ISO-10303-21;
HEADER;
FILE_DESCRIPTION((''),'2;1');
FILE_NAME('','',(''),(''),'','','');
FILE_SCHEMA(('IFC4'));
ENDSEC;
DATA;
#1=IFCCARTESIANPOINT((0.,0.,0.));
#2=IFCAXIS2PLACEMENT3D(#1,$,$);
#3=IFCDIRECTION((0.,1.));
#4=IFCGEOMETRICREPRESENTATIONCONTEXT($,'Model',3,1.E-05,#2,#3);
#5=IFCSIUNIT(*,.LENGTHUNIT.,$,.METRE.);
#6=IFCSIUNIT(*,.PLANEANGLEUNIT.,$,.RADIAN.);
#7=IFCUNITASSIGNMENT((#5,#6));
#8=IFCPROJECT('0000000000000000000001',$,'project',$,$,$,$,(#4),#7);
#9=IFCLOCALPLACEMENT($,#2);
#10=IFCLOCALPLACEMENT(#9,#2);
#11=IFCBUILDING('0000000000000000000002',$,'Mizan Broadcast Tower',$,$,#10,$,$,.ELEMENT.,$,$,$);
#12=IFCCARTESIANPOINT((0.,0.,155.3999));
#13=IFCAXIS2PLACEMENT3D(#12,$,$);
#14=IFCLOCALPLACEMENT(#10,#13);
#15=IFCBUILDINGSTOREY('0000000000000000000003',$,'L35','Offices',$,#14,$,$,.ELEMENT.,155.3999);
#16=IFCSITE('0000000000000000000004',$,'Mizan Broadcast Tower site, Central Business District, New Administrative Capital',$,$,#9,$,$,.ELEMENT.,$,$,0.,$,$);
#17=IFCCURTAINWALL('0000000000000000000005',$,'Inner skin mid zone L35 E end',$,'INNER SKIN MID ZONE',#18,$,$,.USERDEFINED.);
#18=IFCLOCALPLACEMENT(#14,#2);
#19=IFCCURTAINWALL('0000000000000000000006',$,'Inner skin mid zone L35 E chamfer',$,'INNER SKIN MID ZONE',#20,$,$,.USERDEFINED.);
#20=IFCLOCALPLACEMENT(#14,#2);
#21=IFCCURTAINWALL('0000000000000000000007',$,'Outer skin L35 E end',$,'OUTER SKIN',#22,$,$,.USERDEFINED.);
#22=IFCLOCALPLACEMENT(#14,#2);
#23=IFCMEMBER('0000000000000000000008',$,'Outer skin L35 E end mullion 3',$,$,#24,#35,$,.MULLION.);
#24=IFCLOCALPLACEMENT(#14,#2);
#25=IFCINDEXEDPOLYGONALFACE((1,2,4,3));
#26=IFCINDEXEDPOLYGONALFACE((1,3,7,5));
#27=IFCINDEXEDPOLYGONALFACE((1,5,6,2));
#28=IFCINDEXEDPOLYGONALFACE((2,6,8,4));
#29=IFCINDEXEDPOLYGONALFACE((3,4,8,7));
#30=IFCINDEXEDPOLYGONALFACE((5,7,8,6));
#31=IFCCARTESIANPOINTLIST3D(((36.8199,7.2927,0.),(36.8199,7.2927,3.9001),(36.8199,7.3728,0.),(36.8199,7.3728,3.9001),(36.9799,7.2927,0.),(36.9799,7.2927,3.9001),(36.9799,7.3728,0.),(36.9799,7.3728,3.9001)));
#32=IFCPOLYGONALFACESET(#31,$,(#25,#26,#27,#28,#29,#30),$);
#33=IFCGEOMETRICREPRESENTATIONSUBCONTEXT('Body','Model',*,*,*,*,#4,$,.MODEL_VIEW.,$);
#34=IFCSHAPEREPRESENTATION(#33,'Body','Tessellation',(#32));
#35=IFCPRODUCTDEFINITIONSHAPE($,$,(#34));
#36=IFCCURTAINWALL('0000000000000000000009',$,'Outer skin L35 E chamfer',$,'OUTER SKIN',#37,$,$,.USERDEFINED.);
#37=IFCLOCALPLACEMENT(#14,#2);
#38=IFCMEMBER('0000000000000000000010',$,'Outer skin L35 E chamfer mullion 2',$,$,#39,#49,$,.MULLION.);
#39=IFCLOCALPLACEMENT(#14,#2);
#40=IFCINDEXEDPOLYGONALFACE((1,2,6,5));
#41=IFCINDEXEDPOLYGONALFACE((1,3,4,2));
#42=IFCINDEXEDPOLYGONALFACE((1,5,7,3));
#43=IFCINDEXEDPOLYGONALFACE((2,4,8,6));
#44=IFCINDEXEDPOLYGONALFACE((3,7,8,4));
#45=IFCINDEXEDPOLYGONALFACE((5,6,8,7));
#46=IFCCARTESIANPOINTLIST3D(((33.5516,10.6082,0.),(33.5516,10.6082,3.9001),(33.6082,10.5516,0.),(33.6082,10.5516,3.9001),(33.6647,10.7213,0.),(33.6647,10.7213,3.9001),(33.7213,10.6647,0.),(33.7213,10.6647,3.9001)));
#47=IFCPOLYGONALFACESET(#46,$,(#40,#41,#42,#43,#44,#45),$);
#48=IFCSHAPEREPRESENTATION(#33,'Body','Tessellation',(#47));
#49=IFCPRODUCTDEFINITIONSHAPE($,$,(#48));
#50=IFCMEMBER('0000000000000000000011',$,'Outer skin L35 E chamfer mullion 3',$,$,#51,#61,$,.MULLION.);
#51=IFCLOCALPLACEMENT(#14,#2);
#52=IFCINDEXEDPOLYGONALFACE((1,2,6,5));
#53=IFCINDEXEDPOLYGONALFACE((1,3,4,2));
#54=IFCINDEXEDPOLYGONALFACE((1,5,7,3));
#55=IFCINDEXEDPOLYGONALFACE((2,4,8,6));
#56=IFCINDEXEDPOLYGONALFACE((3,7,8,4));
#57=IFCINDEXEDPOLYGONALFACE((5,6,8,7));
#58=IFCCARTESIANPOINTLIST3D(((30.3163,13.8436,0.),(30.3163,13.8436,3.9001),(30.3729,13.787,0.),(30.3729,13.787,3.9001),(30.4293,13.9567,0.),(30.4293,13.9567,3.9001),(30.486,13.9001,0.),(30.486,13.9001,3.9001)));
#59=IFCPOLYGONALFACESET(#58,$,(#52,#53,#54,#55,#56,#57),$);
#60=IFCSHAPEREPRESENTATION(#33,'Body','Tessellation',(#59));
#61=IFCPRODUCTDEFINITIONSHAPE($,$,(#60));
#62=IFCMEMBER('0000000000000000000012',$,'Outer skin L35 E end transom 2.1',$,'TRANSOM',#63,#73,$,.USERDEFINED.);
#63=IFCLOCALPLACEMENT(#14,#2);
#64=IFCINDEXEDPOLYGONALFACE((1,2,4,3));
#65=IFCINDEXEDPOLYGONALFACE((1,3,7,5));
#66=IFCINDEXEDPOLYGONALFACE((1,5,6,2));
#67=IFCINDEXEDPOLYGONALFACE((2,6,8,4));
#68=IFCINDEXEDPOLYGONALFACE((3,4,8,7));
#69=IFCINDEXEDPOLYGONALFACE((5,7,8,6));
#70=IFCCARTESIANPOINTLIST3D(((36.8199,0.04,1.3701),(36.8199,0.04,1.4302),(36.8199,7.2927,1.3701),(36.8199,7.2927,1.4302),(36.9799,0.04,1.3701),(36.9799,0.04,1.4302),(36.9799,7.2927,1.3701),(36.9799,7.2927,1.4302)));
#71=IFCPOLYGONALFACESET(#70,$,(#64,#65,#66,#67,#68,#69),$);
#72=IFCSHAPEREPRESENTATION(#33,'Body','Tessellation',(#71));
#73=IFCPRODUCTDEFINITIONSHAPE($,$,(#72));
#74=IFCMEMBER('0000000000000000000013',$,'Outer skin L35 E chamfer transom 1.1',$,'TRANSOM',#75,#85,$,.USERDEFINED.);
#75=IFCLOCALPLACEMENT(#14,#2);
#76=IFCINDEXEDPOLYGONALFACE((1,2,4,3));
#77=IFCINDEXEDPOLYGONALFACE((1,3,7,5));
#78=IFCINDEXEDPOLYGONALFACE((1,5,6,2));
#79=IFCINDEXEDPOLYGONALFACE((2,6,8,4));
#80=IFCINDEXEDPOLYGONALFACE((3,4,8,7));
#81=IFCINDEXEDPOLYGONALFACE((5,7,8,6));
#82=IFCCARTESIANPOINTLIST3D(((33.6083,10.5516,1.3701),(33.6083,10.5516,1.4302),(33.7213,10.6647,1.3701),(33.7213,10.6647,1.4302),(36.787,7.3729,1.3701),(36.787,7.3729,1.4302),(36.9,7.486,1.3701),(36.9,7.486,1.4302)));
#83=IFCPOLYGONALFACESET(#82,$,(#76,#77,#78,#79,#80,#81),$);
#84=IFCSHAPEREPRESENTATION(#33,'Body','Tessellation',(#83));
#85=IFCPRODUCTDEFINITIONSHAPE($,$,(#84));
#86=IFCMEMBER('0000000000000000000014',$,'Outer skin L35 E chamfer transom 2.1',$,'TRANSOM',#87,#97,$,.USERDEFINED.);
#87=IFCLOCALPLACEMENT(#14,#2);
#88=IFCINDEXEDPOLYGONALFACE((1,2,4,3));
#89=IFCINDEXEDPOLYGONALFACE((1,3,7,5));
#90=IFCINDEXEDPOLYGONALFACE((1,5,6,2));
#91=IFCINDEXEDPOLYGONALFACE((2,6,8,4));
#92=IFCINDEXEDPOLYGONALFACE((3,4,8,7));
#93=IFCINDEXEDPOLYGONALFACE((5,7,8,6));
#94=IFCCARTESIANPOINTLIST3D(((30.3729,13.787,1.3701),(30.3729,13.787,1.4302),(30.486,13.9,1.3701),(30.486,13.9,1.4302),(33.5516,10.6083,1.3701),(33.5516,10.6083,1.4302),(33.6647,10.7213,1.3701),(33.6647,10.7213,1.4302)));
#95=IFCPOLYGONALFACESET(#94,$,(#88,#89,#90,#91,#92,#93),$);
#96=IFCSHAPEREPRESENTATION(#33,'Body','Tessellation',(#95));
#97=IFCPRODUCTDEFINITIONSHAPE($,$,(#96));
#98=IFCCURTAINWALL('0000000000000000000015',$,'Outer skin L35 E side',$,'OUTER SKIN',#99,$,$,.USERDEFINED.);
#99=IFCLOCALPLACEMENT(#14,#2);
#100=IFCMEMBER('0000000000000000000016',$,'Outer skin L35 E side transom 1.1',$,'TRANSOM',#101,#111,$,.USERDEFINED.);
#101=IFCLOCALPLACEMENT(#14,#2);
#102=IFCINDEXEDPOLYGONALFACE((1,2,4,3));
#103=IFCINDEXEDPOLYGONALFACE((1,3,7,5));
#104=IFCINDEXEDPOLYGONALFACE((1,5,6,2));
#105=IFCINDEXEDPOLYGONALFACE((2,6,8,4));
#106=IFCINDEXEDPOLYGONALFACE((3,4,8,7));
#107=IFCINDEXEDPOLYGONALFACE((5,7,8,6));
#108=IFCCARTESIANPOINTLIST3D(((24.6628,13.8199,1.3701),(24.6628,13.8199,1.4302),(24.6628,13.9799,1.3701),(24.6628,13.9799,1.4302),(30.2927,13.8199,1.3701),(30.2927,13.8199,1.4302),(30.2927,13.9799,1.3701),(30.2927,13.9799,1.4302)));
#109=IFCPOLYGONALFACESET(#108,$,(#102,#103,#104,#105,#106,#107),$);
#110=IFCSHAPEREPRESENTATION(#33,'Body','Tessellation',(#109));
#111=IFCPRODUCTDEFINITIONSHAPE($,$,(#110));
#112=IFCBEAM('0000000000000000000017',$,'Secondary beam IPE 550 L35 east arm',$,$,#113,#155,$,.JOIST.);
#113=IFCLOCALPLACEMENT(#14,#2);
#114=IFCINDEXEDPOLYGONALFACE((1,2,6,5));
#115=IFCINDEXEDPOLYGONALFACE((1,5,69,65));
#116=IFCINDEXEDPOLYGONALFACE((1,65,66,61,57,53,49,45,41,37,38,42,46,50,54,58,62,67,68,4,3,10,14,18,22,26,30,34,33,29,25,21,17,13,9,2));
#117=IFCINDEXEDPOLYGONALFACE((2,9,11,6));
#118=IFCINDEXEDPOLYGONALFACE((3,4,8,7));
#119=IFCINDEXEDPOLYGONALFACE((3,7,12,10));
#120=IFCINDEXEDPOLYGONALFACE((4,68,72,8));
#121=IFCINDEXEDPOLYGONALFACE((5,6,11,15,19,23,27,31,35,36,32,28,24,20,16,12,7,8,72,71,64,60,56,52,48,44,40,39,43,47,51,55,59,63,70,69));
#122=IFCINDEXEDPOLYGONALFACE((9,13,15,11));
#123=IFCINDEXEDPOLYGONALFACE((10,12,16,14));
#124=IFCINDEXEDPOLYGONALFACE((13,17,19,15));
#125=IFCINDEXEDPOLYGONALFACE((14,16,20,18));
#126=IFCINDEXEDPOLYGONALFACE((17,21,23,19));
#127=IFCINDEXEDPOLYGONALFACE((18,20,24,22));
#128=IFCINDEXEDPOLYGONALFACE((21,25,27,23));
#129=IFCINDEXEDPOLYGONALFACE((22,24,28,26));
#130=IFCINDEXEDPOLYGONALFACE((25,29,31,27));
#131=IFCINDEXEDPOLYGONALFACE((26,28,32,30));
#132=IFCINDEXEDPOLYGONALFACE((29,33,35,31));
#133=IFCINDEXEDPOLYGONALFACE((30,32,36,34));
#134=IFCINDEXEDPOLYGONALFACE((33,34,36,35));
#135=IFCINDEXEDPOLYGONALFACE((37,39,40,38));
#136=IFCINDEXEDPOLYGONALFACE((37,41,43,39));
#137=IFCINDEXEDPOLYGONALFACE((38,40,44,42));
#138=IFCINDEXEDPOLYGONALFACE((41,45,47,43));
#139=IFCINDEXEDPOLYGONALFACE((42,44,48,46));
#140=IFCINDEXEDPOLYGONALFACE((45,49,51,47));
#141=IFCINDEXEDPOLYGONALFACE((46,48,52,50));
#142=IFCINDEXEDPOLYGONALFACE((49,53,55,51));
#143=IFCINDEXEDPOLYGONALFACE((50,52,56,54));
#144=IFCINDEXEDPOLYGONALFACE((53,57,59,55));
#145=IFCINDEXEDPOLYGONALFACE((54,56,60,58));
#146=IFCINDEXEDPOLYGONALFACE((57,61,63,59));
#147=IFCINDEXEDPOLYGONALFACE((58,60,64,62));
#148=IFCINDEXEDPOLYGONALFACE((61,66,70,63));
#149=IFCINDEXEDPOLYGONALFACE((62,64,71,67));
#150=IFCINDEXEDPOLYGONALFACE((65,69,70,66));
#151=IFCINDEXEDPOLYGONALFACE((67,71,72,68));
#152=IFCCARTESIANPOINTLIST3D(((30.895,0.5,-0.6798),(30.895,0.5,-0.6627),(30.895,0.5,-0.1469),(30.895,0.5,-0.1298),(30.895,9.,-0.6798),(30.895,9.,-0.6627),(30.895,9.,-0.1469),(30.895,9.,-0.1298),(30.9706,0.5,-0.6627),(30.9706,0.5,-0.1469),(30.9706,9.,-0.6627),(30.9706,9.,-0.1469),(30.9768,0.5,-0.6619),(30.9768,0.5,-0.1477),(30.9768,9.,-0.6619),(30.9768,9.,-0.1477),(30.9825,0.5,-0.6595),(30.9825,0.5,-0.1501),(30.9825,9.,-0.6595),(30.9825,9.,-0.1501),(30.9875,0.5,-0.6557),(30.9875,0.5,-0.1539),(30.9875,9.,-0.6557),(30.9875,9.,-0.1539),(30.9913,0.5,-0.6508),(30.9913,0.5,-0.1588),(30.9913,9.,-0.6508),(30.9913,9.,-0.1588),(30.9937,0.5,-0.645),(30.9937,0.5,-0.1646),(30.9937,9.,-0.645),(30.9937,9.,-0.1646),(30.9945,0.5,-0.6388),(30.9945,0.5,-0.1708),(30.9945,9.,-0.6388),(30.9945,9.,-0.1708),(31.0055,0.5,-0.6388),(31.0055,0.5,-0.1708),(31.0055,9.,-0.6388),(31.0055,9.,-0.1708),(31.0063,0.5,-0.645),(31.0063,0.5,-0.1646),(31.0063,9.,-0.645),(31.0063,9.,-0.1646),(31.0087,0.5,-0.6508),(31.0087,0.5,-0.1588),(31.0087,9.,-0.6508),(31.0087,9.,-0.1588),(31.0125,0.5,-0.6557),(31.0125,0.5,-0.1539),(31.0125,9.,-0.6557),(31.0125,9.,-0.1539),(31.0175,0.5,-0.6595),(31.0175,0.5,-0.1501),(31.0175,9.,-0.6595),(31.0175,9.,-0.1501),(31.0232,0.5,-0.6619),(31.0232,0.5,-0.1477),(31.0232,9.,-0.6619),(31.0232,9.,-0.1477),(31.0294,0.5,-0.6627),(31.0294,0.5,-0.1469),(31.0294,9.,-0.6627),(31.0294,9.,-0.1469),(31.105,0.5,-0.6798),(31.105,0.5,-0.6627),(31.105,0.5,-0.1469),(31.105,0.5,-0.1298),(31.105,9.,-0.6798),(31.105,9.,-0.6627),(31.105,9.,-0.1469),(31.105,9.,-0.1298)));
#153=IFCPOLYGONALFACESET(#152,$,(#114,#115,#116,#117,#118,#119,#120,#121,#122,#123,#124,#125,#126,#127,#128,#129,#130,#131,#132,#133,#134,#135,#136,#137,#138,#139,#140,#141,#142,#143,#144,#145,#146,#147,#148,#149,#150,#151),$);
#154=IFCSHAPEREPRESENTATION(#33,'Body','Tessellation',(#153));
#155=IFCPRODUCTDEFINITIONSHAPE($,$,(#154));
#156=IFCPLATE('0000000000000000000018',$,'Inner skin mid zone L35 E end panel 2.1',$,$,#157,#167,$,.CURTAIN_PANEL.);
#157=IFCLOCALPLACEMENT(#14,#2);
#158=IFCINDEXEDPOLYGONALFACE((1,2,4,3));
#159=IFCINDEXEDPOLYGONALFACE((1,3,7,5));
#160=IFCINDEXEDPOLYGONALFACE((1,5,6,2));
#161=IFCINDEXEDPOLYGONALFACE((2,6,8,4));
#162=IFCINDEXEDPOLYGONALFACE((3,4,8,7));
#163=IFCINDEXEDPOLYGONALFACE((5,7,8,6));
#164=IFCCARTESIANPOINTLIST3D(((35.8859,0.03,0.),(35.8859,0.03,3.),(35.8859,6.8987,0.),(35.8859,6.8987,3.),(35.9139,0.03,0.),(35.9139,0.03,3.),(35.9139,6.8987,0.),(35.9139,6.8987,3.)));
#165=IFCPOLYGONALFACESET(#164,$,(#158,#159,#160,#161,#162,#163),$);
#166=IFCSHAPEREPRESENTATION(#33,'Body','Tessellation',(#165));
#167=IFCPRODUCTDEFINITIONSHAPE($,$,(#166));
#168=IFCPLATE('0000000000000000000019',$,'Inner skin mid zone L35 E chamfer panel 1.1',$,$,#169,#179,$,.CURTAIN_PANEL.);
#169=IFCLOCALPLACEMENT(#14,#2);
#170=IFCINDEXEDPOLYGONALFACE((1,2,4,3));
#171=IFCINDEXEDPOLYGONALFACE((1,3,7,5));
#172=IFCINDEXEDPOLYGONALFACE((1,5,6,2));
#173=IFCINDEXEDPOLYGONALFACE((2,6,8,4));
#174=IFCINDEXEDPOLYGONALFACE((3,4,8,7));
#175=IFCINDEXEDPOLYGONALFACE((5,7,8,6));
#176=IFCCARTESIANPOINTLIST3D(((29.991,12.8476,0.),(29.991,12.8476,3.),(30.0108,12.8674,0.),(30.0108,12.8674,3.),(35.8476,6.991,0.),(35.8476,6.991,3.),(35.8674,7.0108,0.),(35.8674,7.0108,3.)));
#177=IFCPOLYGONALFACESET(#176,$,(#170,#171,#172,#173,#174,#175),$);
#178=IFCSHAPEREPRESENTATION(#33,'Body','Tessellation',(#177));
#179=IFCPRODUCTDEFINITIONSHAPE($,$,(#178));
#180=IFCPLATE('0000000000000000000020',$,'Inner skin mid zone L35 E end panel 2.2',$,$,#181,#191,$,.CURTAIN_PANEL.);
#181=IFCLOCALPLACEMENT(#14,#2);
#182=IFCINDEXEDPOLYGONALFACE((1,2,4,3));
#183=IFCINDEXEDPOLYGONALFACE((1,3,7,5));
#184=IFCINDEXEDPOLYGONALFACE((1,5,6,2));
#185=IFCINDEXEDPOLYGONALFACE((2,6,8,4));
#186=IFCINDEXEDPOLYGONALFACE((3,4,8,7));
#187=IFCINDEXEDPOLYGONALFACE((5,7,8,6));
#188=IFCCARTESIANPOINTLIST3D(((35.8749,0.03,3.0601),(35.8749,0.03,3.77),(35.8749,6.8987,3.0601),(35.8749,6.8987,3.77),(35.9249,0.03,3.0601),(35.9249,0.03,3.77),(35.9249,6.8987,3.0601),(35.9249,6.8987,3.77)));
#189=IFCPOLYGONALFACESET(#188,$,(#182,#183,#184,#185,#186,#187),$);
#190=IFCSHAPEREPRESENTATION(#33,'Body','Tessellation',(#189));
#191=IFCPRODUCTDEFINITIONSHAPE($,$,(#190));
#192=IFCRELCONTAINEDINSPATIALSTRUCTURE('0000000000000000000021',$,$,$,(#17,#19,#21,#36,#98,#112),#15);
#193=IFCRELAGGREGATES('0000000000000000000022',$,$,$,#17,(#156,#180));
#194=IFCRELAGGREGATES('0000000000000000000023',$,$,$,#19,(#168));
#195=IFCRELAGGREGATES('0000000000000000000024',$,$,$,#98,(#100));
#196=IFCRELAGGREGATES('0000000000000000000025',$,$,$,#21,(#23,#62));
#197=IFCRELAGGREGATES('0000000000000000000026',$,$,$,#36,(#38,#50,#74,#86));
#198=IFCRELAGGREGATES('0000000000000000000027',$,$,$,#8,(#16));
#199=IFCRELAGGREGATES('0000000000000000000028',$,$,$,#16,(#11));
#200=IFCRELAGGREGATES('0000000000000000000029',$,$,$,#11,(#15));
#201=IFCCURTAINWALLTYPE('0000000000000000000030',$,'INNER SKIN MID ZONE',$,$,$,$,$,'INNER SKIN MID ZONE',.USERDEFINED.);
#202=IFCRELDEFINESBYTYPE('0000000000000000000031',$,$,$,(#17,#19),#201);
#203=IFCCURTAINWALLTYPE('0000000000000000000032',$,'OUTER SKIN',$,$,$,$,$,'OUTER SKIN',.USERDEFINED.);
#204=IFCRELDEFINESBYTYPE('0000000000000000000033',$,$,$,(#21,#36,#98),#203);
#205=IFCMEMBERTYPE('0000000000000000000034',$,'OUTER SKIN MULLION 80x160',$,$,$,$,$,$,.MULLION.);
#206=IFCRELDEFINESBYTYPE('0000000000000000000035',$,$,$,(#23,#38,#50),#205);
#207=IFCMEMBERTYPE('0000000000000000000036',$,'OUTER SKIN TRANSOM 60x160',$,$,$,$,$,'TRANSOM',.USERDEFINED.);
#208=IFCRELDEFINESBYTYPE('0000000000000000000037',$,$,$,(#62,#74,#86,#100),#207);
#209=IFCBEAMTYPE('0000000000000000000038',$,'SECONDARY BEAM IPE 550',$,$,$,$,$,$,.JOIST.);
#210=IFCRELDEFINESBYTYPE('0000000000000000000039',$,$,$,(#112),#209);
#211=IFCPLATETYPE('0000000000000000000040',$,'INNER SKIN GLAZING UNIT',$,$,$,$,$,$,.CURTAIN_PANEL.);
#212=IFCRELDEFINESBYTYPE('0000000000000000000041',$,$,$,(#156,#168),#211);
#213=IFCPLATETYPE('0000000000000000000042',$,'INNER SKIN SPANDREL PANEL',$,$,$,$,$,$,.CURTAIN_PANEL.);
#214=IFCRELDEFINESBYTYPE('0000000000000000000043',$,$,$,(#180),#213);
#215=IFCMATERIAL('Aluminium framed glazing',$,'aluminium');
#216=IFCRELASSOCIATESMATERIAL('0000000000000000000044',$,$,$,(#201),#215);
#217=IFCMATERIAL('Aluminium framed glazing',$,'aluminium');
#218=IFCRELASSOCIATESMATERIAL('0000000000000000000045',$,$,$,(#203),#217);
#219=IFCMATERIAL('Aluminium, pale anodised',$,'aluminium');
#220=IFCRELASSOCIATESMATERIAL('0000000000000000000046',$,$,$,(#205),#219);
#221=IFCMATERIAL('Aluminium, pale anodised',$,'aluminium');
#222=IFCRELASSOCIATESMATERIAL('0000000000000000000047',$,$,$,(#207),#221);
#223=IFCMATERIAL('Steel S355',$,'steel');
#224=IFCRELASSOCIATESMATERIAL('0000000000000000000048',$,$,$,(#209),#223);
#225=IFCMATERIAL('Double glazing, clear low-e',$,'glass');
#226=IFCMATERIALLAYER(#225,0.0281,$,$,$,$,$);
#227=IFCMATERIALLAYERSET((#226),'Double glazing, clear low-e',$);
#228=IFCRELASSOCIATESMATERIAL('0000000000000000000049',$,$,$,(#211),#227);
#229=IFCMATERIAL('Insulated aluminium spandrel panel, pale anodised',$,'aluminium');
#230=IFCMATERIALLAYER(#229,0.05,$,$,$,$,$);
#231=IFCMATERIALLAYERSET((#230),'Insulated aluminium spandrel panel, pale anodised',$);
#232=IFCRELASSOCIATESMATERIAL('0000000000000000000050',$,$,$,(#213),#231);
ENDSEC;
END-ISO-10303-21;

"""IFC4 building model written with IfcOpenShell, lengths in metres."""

from ifc_helpers import new_model, si_unit, direction, frame, origin, origin_2d, place, context, subcontext, project, spatial, rectangle, i_section, extrude, material, layer, layer_set, material_profile, profile_set, type_object, element, aggregate, save


model = new_model("IFC4")

# Units and contexts
model_context = context("Model", 3, precision=1e-05, world=origin(), true_north=direction((0.0, 1.0)))
body_context = subcontext(model_context, "Body", "Model", "MODEL_VIEW")
ifc_project = project(units=[si_unit("LENGTHUNIT", "METRE"), si_unit("PLANEANGLEUNIT", "RADIAN")], contexts=[model_context])

# Site, building, storey
site_placement = place(None, origin())
site = spatial("IfcSite", under=ifc_project, at=site_placement, Name="Mizan Broadcast Tower site, Central Business District, New Administrative Capital", CompositionType="ELEMENT", RefElevation=0.0)
building_placement = place(site_placement, origin())
building = spatial("IfcBuilding", under=site, at=building_placement, Name="Mizan Broadcast Tower", CompositionType="ELEMENT")
storey_placement = place(building_placement, frame((0.0, 0.0, 155.3999)))
storey = spatial("IfcBuildingStorey", under=building, at=storey_placement, Name="L35", Description="Offices", CompositionType="ELEMENT", Elevation=155.3999)

# Curtain wall
ifc_material_1 = material(Name="Aluminium framed glazing", Category="aluminium")
curtain_wall_type_1 = type_object("IfcCurtainWallType", Name="INNER SKIN MID ZONE", ElementType="INNER SKIN MID ZONE", PredefinedType="USERDEFINED", material=ifc_material_1)
curtain_wall_1_placement = place(storey_placement, origin())
curtain_wall_1 = element("IfcCurtainWall", 1, at=curtain_wall_1_placement, inside=storey, type_object=curtain_wall_type_1, Name="Inner skin mid zone L35 E end", ObjectType="INNER SKIN MID ZONE", PredefinedType="USERDEFINED")

# Curtain wall
curtain_wall_2_placement = place(storey_placement, origin())
curtain_wall_2 = element("IfcCurtainWall", 2, at=curtain_wall_2_placement, inside=storey, type_object=curtain_wall_type_1, Name="Inner skin mid zone L35 E chamfer", ObjectType="INNER SKIN MID ZONE", PredefinedType="USERDEFINED")

# Curtain walls, members
ifc_material_2 = material(Name="Aluminium framed glazing", Category="aluminium")
curtain_wall_type_2 = type_object("IfcCurtainWallType", Name="OUTER SKIN", ElementType="OUTER SKIN", PredefinedType="USERDEFINED", material=ifc_material_2)
curtain_wall_3_placement = place(storey_placement, origin())
curtain_wall_3 = element("IfcCurtainWall", 3, at=curtain_wall_3_placement, inside=storey, type_object=curtain_wall_type_2, Name="Outer skin L35 E end", ObjectType="OUTER SKIN", PredefinedType="USERDEFINED")
ifc_material_3 = material(Name="Aluminium, pale anodised", Category="aluminium")
ifc_material_profile_1 = material_profile(ifc_material_3, rectangle(XDim=0.1599, YDim=0.0801, at=origin_2d()), Name="MULLION 160x80")
ifc_profile_set_1 = profile_set([ifc_material_profile_1], Name="Aluminium, pale anodised")
member_type_1 = type_object("IfcMemberType", Name="OUTER SKIN MULLION 80x160", PredefinedType="MULLION", material=ifc_profile_set_1)
member_1_placement = place(storey_placement, frame((36.8999, 7.3328, 0.0), z_axis=(0.0, 0.0, 1.0), x_axis=(-1.0, 0.0, 0.0)))
member_1 = element("IfcMember", 4, at=member_1_placement, type_object=member_type_1, Name="Outer skin L35 E end mullion 3", PredefinedType="MULLION", context=body_context, shape_type="SweptSolid", body=[
    extrude(rectangle(XDim=0.1599, YDim=0.0801, at=origin_2d()), origin(), (0.0, 0.0, 1.0), 3.9001),
])
curtain_wall_4_placement = place(storey_placement, origin())
curtain_wall_4 = element("IfcCurtainWall", 5, at=curtain_wall_4_placement, inside=storey, type_object=curtain_wall_type_2, Name="Outer skin L35 E chamfer", ObjectType="OUTER SKIN", PredefinedType="USERDEFINED")
member_2_placement = place(storey_placement, frame((33.6365, 10.6365, 0.0), z_axis=(0.0, 0.0, 1.0), x_axis=(-0.707107, -0.707107, 0.0)))
member_2 = element("IfcMember", 6, at=member_2_placement, type_object=member_type_1, Name="Outer skin L35 E chamfer mullion 2", PredefinedType="MULLION", context=body_context, shape_type="SweptSolid", body=[
    extrude(rectangle(XDim=0.1599, YDim=0.0801, at=origin_2d()), origin(), (0.0, 0.0, 1.0), 3.9001),
])
member_3_placement = place(storey_placement, frame((30.4011, 13.8718, 0.0), z_axis=(0.0, 0.0, 1.0), x_axis=(-0.707107, -0.707107, 0.0)))
member_3 = element("IfcMember", 7, at=member_3_placement, type_object=member_type_1, Name="Outer skin L35 E chamfer mullion 3", PredefinedType="MULLION", context=body_context, shape_type="SweptSolid", body=[
    extrude(rectangle(XDim=0.1599, YDim=0.0801, at=origin_2d()), origin(), (0.0, 0.0, 1.0), 3.9001),
])

# Members
ifc_material_4 = material(Name="Aluminium, pale anodised", Category="aluminium")
ifc_material_profile_2 = material_profile(ifc_material_4, rectangle(XDim=0.1599, YDim=0.0601, at=origin_2d()), Name="TRANSOM 160x60")
ifc_profile_set_2 = profile_set([ifc_material_profile_2], Name="Aluminium, pale anodised")
member_type_2 = type_object("IfcMemberType", Name="OUTER SKIN TRANSOM 60x160", ElementType="TRANSOM", PredefinedType="USERDEFINED", material=ifc_profile_set_2)
member_4_placement = place(storey_placement, frame((36.8999, 0.04, 1.4001), z_axis=(0.0, 1.0, 0.0), x_axis=(-1.0, 0.0, 0.0)))
member_4 = element("IfcMember", 8, at=member_4_placement, type_object=member_type_2, Name="Outer skin L35 E end transom 2.1", ObjectType="TRANSOM", PredefinedType="USERDEFINED", context=body_context, shape_type="SweptSolid", body=[
    extrude(rectangle(XDim=0.1599, YDim=0.0601, at=origin_2d()), origin(), (0.0, 0.0, 1.0), 7.2527),
])
member_5_placement = place(storey_placement, frame((36.8435, 7.4294, 1.4001), z_axis=(-0.707107, 0.707107, 0.0), x_axis=(-0.707107, -0.707107, 0.0)))
member_5 = element("IfcMember", 9, at=member_5_placement, type_object=member_type_2, Name="Outer skin L35 E chamfer transom 1.1", ObjectType="TRANSOM", PredefinedType="USERDEFINED", context=body_context, shape_type="SweptSolid", body=[
    extrude(rectangle(XDim=0.1599, YDim=0.0601, at=origin_2d()), origin(), (0.0, 0.0, 1.0), 4.4954),
])
member_6_placement = place(storey_placement, frame((33.6082, 10.6648, 1.4001), z_axis=(-0.707107, 0.707107, 0.0), x_axis=(-0.707107, -0.707107, 0.0)))
member_6 = element("IfcMember", 10, at=member_6_placement, type_object=member_type_2, Name="Outer skin L35 E chamfer transom 2.1", ObjectType="TRANSOM", PredefinedType="USERDEFINED", context=body_context, shape_type="SweptSolid", body=[
    extrude(rectangle(XDim=0.1599, YDim=0.0601, at=origin_2d()), origin(), (0.0, 0.0, 1.0), 4.4954),
])

# Curtain wall, member
curtain_wall_5_placement = place(storey_placement, origin())
curtain_wall_5 = element("IfcCurtainWall", 11, at=curtain_wall_5_placement, inside=storey, type_object=curtain_wall_type_2, Name="Outer skin L35 E side", ObjectType="OUTER SKIN", PredefinedType="USERDEFINED")
member_7_placement = place(storey_placement, frame((30.2927, 13.8999, 1.4001), z_axis=(-1.0, 0.0, 0.0), x_axis=(0.0, -1.0, 0.0)))
member_7 = element("IfcMember", 12, at=member_7_placement, type_object=member_type_2, Name="Outer skin L35 E side transom 1.1", ObjectType="TRANSOM", PredefinedType="USERDEFINED", context=body_context, shape_type="SweptSolid", body=[
    extrude(rectangle(XDim=0.1599, YDim=0.0601, at=origin_2d()), origin(), (0.0, 0.0, 1.0), 5.6299),
])

# Beam
ifc_material_5 = material(Name="Steel S355", Category="steel")
ifc_material_profile_3 = material_profile(ifc_material_5, i_section(OverallWidth=0.21, OverallDepth=0.55, WebThickness=0.011, FlangeThickness=0.0171, FilletRadius=0.0239, at=origin_2d()), Name="IPE 550")
ifc_profile_set_3 = profile_set([ifc_material_profile_3], Name="Steel S355")
beam_type_1 = type_object("IfcBeamType", Name="SECONDARY BEAM IPE 550", PredefinedType="JOIST", material=ifc_profile_set_3)
beam_1_placement = place(storey_placement, frame((31.0, 9.0, -0.4048), z_axis=(0.0, -1.0, 0.0), x_axis=(1.0, 0.0, 0.0)))
element("IfcBeam", 13, at=beam_1_placement, inside=storey, type_object=beam_type_1, Name="Secondary beam IPE 550 L35 east arm", PredefinedType="JOIST", context=body_context, shape_type="SweptSolid", body=[
    extrude(i_section(OverallWidth=0.21, OverallDepth=0.55, WebThickness=0.011, FlangeThickness=0.0171, FilletRadius=0.0239, at=origin_2d()), origin(), (0.0, 0.0, 1.0), 8.5),
])

# Plates
ifc_material_6 = material(Name="Double glazing, clear low-e", Category="glass")
ifc_layer_1 = layer(ifc_material_6, 0.0281)
ifc_layer_set_1 = layer_set([ifc_layer_1], Name="Double glazing, clear low-e")
plate_type_1 = type_object("IfcPlateType", Name="INNER SKIN GLAZING UNIT", PredefinedType="CURTAIN_PANEL", material=ifc_layer_set_1)
plate_1_placement = place(storey_placement, frame((35.8999, 3.4644, 0.0), z_axis=(0.0, 0.0, 1.0), x_axis=(0.0, 1.0, 0.0)))
plate_1 = element("IfcPlate", 14, at=plate_1_placement, type_object=plate_type_1, Name="Inner skin mid zone L35 E end panel 2.1", PredefinedType="CURTAIN_PANEL", context=body_context, shape_type="SweptSolid", body=[
    extrude(rectangle(XDim=6.8687, YDim=0.0281, at=origin_2d()), origin(), (0.0, 0.0, 1.0), 3.0),
])
plate_2_placement = place(storey_placement, frame((32.9292, 9.9292, 0.0), z_axis=(0.0, 0.0, 1.0), x_axis=(-0.707107, 0.707107, 0.0)))
plate_2 = element("IfcPlate", 15, at=plate_2_placement, type_object=plate_type_1, Name="Inner skin mid zone L35 E chamfer panel 1.1", PredefinedType="CURTAIN_PANEL", context=body_context, shape_type="SweptSolid", body=[
    extrude(rectangle(XDim=8.2825, YDim=0.0281, at=origin_2d()), origin(), (0.0, 0.0, 1.0), 3.0),
])
ifc_material_7 = material(Name="Insulated aluminium spandrel panel, pale anodised", Category="aluminium")
ifc_layer_2 = layer(ifc_material_7, 0.05)
ifc_layer_set_2 = layer_set([ifc_layer_2], Name="Insulated aluminium spandrel panel, pale anodised")
plate_type_2 = type_object("IfcPlateType", Name="INNER SKIN SPANDREL PANEL", PredefinedType="CURTAIN_PANEL", material=ifc_layer_set_2)
plate_3_placement = place(storey_placement, frame((35.8999, 3.4644, 3.0601), z_axis=(0.0, 0.0, 1.0), x_axis=(0.0, 1.0, 0.0)))
plate_3 = element("IfcPlate", 16, at=plate_3_placement, type_object=plate_type_2, Name="Inner skin mid zone L35 E end panel 2.2", PredefinedType="CURTAIN_PANEL", context=body_context, shape_type="SweptSolid", body=[
    extrude(rectangle(XDim=6.8687, YDim=0.05, at=origin_2d()), origin(), (0.0, 0.0, 1.0), 0.71),
])
aggregate(curtain_wall_1, [plate_1, plate_3])
aggregate(curtain_wall_2, [plate_2])
aggregate(curtain_wall_5, [member_7])
aggregate(curtain_wall_3, [member_1, member_4])
aggregate(curtain_wall_4, [member_2, member_3, member_5, member_6])

save(model, "model.ifc")
